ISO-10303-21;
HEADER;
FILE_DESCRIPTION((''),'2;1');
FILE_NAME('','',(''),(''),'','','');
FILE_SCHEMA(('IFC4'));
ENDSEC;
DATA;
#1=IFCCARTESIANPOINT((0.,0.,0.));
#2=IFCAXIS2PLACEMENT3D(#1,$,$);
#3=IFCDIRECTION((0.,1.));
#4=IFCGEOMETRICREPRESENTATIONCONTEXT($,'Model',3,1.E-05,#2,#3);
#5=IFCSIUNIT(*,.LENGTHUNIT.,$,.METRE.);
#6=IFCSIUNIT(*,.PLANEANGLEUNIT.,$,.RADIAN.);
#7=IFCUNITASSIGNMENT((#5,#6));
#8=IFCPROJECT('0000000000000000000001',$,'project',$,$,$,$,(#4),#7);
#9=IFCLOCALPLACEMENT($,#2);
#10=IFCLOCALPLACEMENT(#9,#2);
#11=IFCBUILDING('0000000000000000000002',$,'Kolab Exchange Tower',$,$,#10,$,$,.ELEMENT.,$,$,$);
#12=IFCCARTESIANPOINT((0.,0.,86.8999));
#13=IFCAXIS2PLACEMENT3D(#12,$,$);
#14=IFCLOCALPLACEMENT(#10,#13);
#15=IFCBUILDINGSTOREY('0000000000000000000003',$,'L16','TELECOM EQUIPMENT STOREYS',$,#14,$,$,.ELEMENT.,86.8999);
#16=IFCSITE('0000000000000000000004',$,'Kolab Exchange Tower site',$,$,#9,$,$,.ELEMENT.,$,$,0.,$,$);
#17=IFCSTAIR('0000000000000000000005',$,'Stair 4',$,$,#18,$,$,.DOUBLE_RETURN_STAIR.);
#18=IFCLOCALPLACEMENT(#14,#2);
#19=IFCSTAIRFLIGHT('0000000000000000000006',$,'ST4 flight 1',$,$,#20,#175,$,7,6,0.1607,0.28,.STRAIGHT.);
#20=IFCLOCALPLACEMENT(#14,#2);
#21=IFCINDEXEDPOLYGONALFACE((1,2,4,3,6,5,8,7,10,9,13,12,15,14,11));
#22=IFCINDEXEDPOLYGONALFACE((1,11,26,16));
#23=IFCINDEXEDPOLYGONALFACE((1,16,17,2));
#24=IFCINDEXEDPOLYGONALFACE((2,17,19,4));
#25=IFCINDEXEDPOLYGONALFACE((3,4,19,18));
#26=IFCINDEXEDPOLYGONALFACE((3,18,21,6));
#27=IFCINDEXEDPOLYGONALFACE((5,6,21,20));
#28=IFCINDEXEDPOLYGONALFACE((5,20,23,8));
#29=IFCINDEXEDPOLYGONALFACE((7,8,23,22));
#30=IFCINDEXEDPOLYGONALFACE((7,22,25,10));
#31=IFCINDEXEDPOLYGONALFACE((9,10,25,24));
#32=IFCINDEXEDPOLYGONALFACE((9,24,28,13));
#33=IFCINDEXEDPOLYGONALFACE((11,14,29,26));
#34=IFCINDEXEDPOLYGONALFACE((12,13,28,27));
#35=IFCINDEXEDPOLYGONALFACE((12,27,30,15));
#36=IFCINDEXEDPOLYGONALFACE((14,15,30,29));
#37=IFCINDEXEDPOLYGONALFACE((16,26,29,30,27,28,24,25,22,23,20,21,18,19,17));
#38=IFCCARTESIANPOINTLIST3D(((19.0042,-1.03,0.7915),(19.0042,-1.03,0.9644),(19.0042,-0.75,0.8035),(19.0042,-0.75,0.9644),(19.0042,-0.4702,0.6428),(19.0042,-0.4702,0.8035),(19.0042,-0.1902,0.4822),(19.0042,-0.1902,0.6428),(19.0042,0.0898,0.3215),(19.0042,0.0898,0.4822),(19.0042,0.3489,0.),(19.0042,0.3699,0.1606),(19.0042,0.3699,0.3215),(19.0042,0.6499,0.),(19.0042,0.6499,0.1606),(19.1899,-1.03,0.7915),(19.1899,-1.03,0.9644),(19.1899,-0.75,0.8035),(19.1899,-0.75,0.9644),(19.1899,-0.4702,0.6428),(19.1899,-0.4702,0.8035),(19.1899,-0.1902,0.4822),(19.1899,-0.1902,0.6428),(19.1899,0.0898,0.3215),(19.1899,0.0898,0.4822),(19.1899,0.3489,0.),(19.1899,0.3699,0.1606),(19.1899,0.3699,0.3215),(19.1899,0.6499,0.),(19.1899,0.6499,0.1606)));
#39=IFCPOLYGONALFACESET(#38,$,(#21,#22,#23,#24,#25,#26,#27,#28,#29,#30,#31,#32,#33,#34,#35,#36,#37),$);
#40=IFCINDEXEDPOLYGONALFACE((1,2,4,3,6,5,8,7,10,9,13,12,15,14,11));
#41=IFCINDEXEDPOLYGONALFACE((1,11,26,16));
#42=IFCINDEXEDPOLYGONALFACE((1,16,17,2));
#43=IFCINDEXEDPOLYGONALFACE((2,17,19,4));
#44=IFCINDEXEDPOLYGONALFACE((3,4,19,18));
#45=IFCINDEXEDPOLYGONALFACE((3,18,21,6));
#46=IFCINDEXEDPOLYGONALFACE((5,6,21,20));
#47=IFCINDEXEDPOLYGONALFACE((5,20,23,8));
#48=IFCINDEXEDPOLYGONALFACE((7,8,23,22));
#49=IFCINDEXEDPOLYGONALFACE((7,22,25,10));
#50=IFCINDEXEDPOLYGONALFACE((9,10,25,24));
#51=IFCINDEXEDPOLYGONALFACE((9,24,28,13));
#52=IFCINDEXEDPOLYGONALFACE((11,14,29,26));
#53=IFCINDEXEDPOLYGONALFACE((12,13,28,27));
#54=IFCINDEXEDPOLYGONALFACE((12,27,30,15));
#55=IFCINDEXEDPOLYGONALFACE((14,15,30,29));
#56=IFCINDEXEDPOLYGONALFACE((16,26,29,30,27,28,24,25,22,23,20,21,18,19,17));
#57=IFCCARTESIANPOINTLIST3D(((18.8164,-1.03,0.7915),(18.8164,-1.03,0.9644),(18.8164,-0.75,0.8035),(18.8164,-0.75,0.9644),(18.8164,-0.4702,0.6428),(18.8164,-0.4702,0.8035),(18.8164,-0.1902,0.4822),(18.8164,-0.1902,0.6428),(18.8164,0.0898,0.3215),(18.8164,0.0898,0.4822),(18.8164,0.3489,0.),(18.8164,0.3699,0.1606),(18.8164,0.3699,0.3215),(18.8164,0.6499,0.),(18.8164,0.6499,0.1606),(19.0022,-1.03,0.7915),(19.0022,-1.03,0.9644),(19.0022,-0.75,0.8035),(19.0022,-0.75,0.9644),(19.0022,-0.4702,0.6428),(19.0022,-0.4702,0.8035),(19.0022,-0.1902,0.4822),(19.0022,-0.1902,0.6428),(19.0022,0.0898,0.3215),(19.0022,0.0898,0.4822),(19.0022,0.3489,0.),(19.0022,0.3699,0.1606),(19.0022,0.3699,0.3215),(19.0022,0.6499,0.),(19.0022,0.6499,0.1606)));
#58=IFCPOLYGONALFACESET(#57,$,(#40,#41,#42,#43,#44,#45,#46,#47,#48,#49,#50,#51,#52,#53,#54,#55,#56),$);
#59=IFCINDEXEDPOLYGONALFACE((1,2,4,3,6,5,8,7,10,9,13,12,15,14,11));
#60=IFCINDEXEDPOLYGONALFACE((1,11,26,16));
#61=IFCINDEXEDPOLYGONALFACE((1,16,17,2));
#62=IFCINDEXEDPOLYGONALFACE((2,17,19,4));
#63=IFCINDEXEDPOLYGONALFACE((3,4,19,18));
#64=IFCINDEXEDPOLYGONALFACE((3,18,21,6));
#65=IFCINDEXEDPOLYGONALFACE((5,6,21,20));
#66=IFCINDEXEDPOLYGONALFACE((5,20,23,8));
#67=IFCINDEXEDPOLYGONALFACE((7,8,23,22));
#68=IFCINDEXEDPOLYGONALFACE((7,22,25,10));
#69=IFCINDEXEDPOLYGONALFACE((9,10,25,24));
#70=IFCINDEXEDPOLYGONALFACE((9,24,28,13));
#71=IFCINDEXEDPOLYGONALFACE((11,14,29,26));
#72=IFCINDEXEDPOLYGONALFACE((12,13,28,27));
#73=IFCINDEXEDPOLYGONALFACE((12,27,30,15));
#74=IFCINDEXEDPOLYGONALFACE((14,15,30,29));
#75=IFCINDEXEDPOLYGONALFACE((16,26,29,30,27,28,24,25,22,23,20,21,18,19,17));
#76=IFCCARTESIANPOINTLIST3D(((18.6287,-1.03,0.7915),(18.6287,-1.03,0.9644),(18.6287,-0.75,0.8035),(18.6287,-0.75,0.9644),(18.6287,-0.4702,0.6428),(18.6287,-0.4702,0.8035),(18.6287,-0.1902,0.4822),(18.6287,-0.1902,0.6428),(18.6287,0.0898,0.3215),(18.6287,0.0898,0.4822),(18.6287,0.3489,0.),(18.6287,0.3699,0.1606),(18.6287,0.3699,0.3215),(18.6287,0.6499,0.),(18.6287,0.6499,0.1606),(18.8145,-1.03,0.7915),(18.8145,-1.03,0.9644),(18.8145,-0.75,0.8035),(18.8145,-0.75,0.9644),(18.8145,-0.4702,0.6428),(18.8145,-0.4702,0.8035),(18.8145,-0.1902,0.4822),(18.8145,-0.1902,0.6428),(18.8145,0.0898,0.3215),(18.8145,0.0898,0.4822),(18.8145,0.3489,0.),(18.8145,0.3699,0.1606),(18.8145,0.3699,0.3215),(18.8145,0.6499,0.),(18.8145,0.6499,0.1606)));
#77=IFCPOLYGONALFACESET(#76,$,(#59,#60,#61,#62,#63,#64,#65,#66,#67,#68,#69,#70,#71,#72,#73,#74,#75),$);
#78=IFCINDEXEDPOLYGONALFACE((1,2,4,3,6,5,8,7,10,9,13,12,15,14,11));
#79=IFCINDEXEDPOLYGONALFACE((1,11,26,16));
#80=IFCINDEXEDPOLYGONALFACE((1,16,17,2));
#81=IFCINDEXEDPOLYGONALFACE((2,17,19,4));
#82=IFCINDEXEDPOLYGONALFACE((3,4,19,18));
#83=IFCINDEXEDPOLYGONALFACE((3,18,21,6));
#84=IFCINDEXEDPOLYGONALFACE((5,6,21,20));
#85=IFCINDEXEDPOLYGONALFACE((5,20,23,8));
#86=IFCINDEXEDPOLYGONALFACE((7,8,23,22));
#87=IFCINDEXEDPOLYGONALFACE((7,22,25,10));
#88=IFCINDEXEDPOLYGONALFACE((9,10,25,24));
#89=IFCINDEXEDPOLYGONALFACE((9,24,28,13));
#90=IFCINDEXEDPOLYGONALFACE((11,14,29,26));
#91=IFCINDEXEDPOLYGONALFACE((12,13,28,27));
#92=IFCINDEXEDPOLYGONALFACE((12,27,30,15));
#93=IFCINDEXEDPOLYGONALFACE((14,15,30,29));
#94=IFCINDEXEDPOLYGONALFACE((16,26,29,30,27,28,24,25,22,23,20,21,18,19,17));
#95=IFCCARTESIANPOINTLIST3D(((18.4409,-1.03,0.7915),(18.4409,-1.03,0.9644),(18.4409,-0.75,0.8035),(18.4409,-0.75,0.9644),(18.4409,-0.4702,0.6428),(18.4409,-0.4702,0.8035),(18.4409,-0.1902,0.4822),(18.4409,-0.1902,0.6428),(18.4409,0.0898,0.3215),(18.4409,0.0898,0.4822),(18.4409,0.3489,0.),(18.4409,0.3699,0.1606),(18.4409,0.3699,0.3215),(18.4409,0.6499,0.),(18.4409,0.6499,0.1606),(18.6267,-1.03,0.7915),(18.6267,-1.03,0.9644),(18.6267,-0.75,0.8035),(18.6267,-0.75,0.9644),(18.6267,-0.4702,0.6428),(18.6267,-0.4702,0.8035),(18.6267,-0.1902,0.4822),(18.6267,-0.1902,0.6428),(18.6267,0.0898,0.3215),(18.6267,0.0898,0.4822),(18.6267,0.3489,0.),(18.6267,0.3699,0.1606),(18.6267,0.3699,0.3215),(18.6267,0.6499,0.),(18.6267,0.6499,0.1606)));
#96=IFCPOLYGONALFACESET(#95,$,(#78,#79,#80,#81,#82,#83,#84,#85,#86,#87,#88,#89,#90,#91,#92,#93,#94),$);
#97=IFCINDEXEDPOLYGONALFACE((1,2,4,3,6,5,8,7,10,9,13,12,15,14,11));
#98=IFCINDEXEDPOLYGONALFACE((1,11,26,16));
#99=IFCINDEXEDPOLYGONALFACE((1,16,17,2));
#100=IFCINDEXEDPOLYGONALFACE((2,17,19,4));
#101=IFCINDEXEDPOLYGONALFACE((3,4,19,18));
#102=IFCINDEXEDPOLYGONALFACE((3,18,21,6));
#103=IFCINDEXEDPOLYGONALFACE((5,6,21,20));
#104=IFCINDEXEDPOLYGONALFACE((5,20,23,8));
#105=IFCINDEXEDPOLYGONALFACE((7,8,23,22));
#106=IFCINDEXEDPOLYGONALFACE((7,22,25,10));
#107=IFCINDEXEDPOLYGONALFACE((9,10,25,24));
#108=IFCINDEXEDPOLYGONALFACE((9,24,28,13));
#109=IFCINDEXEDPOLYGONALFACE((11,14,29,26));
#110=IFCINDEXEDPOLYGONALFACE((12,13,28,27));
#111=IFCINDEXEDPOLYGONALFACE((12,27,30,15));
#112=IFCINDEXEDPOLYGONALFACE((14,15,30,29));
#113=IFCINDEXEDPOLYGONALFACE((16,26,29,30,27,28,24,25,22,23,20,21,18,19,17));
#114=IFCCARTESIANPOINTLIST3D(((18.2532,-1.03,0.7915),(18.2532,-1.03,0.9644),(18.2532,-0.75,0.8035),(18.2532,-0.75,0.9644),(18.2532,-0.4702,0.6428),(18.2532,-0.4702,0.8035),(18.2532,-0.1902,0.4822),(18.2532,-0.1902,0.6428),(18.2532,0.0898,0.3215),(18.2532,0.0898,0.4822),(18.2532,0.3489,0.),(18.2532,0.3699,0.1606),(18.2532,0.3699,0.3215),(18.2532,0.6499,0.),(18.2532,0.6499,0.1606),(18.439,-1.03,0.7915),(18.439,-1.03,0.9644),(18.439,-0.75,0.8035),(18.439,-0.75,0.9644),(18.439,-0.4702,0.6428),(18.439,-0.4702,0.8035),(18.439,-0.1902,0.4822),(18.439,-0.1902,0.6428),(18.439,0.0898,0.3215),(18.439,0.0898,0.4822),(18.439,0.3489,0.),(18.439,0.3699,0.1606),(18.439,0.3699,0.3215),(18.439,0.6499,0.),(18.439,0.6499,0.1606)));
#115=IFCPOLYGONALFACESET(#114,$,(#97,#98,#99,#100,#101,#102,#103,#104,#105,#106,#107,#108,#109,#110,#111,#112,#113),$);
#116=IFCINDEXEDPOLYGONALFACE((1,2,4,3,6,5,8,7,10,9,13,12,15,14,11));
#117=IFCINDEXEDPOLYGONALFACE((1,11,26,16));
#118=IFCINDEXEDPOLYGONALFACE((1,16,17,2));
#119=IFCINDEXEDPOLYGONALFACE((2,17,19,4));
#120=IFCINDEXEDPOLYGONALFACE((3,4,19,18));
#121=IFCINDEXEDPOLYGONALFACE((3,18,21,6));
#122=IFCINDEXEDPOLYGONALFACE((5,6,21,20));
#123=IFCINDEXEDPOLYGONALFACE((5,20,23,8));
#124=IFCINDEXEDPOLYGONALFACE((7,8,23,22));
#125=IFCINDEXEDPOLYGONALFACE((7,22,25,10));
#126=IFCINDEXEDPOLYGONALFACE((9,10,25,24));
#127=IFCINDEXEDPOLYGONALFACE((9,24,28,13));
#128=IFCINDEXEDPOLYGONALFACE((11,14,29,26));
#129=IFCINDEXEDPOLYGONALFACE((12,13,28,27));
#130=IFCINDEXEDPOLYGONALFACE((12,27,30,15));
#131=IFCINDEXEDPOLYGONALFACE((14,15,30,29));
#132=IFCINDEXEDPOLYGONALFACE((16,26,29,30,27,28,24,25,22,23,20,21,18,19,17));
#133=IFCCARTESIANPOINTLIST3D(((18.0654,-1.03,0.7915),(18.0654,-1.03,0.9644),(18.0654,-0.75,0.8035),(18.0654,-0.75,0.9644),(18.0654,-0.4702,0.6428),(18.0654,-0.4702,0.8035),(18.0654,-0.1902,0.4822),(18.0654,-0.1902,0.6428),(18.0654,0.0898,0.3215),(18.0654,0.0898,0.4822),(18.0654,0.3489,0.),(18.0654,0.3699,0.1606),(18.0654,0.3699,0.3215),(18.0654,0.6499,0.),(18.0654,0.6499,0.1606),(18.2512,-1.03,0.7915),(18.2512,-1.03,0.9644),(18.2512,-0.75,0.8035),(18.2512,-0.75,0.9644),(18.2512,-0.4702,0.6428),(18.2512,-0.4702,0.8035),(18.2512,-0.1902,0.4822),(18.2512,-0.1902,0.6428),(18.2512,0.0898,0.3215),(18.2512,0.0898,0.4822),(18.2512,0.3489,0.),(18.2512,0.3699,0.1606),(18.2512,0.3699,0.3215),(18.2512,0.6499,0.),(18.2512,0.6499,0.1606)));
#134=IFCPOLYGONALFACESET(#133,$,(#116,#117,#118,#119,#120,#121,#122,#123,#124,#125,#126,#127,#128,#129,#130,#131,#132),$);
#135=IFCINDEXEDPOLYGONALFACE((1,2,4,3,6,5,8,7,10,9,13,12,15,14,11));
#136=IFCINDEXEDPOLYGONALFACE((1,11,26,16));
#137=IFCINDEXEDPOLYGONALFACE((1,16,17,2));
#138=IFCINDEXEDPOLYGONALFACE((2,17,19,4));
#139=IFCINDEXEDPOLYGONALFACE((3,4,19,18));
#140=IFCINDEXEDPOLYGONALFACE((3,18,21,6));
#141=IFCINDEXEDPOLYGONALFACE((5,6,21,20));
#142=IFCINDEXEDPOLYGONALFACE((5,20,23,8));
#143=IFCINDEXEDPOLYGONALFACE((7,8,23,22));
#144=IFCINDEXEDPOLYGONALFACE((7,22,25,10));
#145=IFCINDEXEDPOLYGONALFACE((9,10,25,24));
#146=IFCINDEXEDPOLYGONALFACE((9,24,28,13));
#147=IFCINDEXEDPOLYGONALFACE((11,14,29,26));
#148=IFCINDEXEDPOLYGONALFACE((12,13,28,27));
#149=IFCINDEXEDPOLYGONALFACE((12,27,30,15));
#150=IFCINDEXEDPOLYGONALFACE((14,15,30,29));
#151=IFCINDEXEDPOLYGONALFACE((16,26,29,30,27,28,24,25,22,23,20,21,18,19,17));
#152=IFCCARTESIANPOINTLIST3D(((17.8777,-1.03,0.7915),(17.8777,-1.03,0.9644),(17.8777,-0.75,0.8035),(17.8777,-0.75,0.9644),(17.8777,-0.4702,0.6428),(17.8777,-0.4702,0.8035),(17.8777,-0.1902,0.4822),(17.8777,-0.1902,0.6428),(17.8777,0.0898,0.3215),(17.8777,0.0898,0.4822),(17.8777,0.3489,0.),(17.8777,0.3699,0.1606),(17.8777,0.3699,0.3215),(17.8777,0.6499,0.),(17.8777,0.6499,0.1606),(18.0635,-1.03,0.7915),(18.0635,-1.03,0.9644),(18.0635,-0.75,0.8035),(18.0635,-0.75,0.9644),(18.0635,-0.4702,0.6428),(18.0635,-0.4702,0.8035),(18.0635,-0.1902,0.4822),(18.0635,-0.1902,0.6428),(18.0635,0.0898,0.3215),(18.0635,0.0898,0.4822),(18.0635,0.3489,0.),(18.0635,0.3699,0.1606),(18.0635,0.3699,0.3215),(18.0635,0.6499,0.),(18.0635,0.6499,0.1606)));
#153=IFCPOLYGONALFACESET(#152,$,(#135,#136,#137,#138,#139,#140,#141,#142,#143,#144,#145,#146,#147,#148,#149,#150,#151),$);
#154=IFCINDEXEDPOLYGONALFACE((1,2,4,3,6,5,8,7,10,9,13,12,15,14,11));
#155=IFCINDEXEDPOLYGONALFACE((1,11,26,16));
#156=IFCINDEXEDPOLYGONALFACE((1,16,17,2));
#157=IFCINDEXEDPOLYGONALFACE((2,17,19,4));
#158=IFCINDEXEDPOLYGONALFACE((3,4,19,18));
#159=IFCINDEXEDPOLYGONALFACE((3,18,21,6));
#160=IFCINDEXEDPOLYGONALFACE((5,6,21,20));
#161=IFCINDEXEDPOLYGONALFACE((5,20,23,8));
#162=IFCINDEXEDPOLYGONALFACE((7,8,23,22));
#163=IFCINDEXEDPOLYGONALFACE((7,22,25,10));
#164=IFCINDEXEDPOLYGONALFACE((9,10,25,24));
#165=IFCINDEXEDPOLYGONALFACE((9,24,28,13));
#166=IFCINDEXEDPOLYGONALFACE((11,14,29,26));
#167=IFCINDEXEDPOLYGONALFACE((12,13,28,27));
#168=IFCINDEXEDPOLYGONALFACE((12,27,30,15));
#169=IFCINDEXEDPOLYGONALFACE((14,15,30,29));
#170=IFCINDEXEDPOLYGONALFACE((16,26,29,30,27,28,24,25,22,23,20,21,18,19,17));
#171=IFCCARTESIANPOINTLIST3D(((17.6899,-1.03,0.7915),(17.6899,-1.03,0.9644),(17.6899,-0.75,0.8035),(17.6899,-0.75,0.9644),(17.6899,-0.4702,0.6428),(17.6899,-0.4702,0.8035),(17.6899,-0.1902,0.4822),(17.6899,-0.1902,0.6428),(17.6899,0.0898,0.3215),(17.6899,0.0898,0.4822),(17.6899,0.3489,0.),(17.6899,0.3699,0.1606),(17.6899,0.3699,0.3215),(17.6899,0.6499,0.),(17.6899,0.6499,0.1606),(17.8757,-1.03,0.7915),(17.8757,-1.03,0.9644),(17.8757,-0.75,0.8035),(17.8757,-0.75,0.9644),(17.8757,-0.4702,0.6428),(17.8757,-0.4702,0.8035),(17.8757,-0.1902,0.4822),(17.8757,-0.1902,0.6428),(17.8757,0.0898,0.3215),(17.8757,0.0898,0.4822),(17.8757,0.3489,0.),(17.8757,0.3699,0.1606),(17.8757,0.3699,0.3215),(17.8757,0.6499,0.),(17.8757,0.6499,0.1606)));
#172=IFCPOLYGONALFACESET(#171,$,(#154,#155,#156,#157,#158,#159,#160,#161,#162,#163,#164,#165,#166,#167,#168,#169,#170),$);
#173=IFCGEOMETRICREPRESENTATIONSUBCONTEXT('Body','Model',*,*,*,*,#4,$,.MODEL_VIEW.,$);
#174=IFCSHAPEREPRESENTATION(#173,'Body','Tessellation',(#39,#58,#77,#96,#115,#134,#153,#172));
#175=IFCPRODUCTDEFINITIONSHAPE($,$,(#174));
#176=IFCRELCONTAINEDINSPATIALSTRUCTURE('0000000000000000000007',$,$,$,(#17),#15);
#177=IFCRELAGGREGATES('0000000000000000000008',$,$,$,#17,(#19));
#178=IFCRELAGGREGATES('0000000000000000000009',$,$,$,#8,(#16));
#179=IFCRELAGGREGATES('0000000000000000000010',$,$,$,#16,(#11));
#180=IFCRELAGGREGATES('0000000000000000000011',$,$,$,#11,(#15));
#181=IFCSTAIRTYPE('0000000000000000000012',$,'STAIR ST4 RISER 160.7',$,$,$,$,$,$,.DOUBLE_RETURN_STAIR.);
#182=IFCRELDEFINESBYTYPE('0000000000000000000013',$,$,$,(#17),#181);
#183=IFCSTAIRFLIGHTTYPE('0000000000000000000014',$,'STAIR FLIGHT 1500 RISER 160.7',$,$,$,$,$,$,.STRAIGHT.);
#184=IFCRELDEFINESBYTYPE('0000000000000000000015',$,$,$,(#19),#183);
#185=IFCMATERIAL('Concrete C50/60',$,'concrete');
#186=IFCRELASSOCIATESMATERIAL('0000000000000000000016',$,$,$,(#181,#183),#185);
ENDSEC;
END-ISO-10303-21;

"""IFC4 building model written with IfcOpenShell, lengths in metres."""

from ifc_helpers import new_model, si_unit, direction, frame, origin, place, context, subcontext, project, spatial, polyline, outline, extrude, material, type_object, element, aggregate, save


model = new_model("IFC4")

# Units and contexts
model_context = context("Model", 3, precision=1e-05, world=origin(), true_north=direction((0.0, 1.0)))
body_context = subcontext(model_context, "Body", "Model", "MODEL_VIEW")
ifc_project = project(units=[si_unit("LENGTHUNIT", "METRE"), si_unit("PLANEANGLEUNIT", "RADIAN")], contexts=[model_context])

# Site, building, storey
site_placement = place(None, origin())
site = spatial("IfcSite", under=ifc_project, at=site_placement, Name="Kolab Exchange Tower site", CompositionType="ELEMENT", RefElevation=0.0)
building_placement = place(site_placement, origin())
building = spatial("IfcBuilding", under=site, at=building_placement, Name="Kolab Exchange Tower", CompositionType="ELEMENT")
storey_placement = place(building_placement, frame((0.0, 0.0, 86.8999)))
storey = spatial("IfcBuildingStorey", under=building, at=storey_placement, Name="L16", Description="TELECOM EQUIPMENT STOREYS", CompositionType="ELEMENT", Elevation=86.8999)

# Shared definitions
ifc_material_1 = material(Name="Concrete C50/60", Category="concrete")

# Stair, stair flight
stair_type = type_object("IfcStairType", Name="STAIR ST4 RISER 160.7", PredefinedType="DOUBLE_RETURN_STAIR", material=ifc_material_1)
stair_placement = place(storey_placement, origin())
stair = element("IfcStair", 1, at=stair_placement, inside=storey, type_object=stair_type, Name="Stair 4", PredefinedType="DOUBLE_RETURN_STAIR")
stair_flight_type = type_object("IfcStairFlightType", Name="STAIR FLIGHT 1500 RISER 160.7", PredefinedType="STRAIGHT", material=ifc_material_1)
stair_flight_1_placement = place(storey_placement, frame((18.4399, 0.6499, 0.0), z_axis=(0.0, 0.0, 1.0), x_axis=(0.0, -1.0, 0.0)))
stair_flight_1 = element("IfcStairFlight", 2, at=stair_flight_1_placement, type_object=stair_flight_type, Name="ST4 flight 1", NumberOfRisers=7, NumberOfTreads=6, PredefinedType="STRAIGHT", RiserHeight=0.1607, TreadLength=0.28, context=body_context, shape_type="SweptSolid", body=[
    extrude(outline(polyline([(0.0, 0.0), (0.0, 0.1606), (0.28, 0.1606), (0.28, 0.3215), (0.5601, 0.3215), (0.5601, 0.4822), (0.8401, 0.4822), (0.8401, 0.6428), (1.1201, 0.6428), (1.1201, 0.8035), (1.3999, 0.8035), (1.3999, 0.9644), (1.6799, 0.9644), (1.6799, 1.125), (1.6799, 0.7915), (0.301, 0.0), (0.0, 0.0)])), frame((0.0, 0.75, 0.0), z_axis=(0.0, -1.0, 0.0), x_axis=(1.0, 0.0, 0.0)), (0.0, 0.0, 1.0), 0.1858),
    extrude(outline(polyline([(0.0, 0.0), (0.0, 0.1606), (0.28, 0.1606), (0.28, 0.3215), (0.5601, 0.3215), (0.5601, 0.4822), (0.8401, 0.4822), (0.8401, 0.6428), (1.1201, 0.6428), (1.1201, 0.8035), (1.3999, 0.8035), (1.3999, 0.9644), (1.6799, 0.9644), (1.6799, 1.125), (1.6799, 0.7915), (0.301, 0.0), (0.0, 0.0)])), frame((0.0, 0.5623, 0.0), z_axis=(0.0, -1.0, 0.0), x_axis=(1.0, 0.0, 0.0)), (0.0, 0.0, 1.0), 0.1858),
    extrude(outline(polyline([(0.0, 0.0), (0.0, 0.1606), (0.28, 0.1606), (0.28, 0.3215), (0.5601, 0.3215), (0.5601, 0.4822), (0.8401, 0.4822), (0.8401, 0.6428), (1.1201, 0.6428), (1.1201, 0.8035), (1.3999, 0.8035), (1.3999, 0.9644), (1.6799, 0.9644), (1.6799, 1.125), (1.6799, 0.7915), (0.301, 0.0), (0.0, 0.0)])), frame((0.0, 0.3745, 0.0), z_axis=(0.0, -1.0, 0.0), x_axis=(1.0, 0.0, 0.0)), (0.0, 0.0, 1.0), 0.1858),
    extrude(outline(polyline([(0.0, 0.0), (0.0, 0.1606), (0.28, 0.1606), (0.28, 0.3215), (0.5601, 0.3215), (0.5601, 0.4822), (0.8401, 0.4822), (0.8401, 0.6428), (1.1201, 0.6428), (1.1201, 0.8035), (1.3999, 0.8035), (1.3999, 0.9644), (1.6799, 0.9644), (1.6799, 1.125), (1.6799, 0.7915), (0.301, 0.0), (0.0, 0.0)])), frame((0.0, 0.1868, 0.0), z_axis=(0.0, -1.0, 0.0), x_axis=(1.0, 0.0, 0.0)), (0.0, 0.0, 1.0), 0.1858),
    extrude(outline(polyline([(0.0, 0.0), (0.0, 0.1606), (0.28, 0.1606), (0.28, 0.3215), (0.5601, 0.3215), (0.5601, 0.4822), (0.8401, 0.4822), (0.8401, 0.6428), (1.1201, 0.6428), (1.1201, 0.8035), (1.3999, 0.8035), (1.3999, 0.9644), (1.6799, 0.9644), (1.6799, 1.125), (1.6799, 0.7915), (0.301, 0.0), (0.0, 0.0)])), frame((0.0, -0.001, 0.0), z_axis=(0.0, -1.0, 0.0), x_axis=(1.0, 0.0, 0.0)), (0.0, 0.0, 1.0), 0.1858),
    extrude(outline(polyline([(0.0, 0.0), (0.0, 0.1606), (0.28, 0.1606), (0.28, 0.3215), (0.5601, 0.3215), (0.5601, 0.4822), (0.8401, 0.4822), (0.8401, 0.6428), (1.1201, 0.6428), (1.1201, 0.8035), (1.3999, 0.8035), (1.3999, 0.9644), (1.6799, 0.9644), (1.6799, 1.125), (1.6799, 0.7915), (0.301, 0.0), (0.0, 0.0)])), frame((0.0, -0.1887, 0.0), z_axis=(0.0, -1.0, 0.0), x_axis=(1.0, 0.0, 0.0)), (0.0, 0.0, 1.0), 0.1858),
    extrude(outline(polyline([(0.0, 0.0), (0.0, 0.1606), (0.28, 0.1606), (0.28, 0.3215), (0.5601, 0.3215), (0.5601, 0.4822), (0.8401, 0.4822), (0.8401, 0.6428), (1.1201, 0.6428), (1.1201, 0.8035), (1.3999, 0.8035), (1.3999, 0.9644), (1.6799, 0.9644), (1.6799, 1.125), (1.6799, 0.7915), (0.301, 0.0), (0.0, 0.0)])), frame((0.0, -0.3765, 0.0), z_axis=(0.0, -1.0, 0.0), x_axis=(1.0, 0.0, 0.0)), (0.0, 0.0, 1.0), 0.1858),
    extrude(outline(polyline([(0.0, 0.0), (0.0, 0.1606), (0.28, 0.1606), (0.28, 0.3215), (0.5601, 0.3215), (0.5601, 0.4822), (0.8401, 0.4822), (0.8401, 0.6428), (1.1201, 0.6428), (1.1201, 0.8035), (1.3999, 0.8035), (1.3999, 0.9644), (1.6799, 0.9644), (1.6799, 1.125), (1.6799, 0.7915), (0.301, 0.0), (0.0, 0.0)])), frame((0.0, -0.5642, 0.0), z_axis=(0.0, -1.0, 0.0), x_axis=(1.0, 0.0, 0.0)), (0.0, 0.0, 1.0), 0.1858),
])
aggregate(stair, [stair_flight_1])

save(model, "model.ifc")
